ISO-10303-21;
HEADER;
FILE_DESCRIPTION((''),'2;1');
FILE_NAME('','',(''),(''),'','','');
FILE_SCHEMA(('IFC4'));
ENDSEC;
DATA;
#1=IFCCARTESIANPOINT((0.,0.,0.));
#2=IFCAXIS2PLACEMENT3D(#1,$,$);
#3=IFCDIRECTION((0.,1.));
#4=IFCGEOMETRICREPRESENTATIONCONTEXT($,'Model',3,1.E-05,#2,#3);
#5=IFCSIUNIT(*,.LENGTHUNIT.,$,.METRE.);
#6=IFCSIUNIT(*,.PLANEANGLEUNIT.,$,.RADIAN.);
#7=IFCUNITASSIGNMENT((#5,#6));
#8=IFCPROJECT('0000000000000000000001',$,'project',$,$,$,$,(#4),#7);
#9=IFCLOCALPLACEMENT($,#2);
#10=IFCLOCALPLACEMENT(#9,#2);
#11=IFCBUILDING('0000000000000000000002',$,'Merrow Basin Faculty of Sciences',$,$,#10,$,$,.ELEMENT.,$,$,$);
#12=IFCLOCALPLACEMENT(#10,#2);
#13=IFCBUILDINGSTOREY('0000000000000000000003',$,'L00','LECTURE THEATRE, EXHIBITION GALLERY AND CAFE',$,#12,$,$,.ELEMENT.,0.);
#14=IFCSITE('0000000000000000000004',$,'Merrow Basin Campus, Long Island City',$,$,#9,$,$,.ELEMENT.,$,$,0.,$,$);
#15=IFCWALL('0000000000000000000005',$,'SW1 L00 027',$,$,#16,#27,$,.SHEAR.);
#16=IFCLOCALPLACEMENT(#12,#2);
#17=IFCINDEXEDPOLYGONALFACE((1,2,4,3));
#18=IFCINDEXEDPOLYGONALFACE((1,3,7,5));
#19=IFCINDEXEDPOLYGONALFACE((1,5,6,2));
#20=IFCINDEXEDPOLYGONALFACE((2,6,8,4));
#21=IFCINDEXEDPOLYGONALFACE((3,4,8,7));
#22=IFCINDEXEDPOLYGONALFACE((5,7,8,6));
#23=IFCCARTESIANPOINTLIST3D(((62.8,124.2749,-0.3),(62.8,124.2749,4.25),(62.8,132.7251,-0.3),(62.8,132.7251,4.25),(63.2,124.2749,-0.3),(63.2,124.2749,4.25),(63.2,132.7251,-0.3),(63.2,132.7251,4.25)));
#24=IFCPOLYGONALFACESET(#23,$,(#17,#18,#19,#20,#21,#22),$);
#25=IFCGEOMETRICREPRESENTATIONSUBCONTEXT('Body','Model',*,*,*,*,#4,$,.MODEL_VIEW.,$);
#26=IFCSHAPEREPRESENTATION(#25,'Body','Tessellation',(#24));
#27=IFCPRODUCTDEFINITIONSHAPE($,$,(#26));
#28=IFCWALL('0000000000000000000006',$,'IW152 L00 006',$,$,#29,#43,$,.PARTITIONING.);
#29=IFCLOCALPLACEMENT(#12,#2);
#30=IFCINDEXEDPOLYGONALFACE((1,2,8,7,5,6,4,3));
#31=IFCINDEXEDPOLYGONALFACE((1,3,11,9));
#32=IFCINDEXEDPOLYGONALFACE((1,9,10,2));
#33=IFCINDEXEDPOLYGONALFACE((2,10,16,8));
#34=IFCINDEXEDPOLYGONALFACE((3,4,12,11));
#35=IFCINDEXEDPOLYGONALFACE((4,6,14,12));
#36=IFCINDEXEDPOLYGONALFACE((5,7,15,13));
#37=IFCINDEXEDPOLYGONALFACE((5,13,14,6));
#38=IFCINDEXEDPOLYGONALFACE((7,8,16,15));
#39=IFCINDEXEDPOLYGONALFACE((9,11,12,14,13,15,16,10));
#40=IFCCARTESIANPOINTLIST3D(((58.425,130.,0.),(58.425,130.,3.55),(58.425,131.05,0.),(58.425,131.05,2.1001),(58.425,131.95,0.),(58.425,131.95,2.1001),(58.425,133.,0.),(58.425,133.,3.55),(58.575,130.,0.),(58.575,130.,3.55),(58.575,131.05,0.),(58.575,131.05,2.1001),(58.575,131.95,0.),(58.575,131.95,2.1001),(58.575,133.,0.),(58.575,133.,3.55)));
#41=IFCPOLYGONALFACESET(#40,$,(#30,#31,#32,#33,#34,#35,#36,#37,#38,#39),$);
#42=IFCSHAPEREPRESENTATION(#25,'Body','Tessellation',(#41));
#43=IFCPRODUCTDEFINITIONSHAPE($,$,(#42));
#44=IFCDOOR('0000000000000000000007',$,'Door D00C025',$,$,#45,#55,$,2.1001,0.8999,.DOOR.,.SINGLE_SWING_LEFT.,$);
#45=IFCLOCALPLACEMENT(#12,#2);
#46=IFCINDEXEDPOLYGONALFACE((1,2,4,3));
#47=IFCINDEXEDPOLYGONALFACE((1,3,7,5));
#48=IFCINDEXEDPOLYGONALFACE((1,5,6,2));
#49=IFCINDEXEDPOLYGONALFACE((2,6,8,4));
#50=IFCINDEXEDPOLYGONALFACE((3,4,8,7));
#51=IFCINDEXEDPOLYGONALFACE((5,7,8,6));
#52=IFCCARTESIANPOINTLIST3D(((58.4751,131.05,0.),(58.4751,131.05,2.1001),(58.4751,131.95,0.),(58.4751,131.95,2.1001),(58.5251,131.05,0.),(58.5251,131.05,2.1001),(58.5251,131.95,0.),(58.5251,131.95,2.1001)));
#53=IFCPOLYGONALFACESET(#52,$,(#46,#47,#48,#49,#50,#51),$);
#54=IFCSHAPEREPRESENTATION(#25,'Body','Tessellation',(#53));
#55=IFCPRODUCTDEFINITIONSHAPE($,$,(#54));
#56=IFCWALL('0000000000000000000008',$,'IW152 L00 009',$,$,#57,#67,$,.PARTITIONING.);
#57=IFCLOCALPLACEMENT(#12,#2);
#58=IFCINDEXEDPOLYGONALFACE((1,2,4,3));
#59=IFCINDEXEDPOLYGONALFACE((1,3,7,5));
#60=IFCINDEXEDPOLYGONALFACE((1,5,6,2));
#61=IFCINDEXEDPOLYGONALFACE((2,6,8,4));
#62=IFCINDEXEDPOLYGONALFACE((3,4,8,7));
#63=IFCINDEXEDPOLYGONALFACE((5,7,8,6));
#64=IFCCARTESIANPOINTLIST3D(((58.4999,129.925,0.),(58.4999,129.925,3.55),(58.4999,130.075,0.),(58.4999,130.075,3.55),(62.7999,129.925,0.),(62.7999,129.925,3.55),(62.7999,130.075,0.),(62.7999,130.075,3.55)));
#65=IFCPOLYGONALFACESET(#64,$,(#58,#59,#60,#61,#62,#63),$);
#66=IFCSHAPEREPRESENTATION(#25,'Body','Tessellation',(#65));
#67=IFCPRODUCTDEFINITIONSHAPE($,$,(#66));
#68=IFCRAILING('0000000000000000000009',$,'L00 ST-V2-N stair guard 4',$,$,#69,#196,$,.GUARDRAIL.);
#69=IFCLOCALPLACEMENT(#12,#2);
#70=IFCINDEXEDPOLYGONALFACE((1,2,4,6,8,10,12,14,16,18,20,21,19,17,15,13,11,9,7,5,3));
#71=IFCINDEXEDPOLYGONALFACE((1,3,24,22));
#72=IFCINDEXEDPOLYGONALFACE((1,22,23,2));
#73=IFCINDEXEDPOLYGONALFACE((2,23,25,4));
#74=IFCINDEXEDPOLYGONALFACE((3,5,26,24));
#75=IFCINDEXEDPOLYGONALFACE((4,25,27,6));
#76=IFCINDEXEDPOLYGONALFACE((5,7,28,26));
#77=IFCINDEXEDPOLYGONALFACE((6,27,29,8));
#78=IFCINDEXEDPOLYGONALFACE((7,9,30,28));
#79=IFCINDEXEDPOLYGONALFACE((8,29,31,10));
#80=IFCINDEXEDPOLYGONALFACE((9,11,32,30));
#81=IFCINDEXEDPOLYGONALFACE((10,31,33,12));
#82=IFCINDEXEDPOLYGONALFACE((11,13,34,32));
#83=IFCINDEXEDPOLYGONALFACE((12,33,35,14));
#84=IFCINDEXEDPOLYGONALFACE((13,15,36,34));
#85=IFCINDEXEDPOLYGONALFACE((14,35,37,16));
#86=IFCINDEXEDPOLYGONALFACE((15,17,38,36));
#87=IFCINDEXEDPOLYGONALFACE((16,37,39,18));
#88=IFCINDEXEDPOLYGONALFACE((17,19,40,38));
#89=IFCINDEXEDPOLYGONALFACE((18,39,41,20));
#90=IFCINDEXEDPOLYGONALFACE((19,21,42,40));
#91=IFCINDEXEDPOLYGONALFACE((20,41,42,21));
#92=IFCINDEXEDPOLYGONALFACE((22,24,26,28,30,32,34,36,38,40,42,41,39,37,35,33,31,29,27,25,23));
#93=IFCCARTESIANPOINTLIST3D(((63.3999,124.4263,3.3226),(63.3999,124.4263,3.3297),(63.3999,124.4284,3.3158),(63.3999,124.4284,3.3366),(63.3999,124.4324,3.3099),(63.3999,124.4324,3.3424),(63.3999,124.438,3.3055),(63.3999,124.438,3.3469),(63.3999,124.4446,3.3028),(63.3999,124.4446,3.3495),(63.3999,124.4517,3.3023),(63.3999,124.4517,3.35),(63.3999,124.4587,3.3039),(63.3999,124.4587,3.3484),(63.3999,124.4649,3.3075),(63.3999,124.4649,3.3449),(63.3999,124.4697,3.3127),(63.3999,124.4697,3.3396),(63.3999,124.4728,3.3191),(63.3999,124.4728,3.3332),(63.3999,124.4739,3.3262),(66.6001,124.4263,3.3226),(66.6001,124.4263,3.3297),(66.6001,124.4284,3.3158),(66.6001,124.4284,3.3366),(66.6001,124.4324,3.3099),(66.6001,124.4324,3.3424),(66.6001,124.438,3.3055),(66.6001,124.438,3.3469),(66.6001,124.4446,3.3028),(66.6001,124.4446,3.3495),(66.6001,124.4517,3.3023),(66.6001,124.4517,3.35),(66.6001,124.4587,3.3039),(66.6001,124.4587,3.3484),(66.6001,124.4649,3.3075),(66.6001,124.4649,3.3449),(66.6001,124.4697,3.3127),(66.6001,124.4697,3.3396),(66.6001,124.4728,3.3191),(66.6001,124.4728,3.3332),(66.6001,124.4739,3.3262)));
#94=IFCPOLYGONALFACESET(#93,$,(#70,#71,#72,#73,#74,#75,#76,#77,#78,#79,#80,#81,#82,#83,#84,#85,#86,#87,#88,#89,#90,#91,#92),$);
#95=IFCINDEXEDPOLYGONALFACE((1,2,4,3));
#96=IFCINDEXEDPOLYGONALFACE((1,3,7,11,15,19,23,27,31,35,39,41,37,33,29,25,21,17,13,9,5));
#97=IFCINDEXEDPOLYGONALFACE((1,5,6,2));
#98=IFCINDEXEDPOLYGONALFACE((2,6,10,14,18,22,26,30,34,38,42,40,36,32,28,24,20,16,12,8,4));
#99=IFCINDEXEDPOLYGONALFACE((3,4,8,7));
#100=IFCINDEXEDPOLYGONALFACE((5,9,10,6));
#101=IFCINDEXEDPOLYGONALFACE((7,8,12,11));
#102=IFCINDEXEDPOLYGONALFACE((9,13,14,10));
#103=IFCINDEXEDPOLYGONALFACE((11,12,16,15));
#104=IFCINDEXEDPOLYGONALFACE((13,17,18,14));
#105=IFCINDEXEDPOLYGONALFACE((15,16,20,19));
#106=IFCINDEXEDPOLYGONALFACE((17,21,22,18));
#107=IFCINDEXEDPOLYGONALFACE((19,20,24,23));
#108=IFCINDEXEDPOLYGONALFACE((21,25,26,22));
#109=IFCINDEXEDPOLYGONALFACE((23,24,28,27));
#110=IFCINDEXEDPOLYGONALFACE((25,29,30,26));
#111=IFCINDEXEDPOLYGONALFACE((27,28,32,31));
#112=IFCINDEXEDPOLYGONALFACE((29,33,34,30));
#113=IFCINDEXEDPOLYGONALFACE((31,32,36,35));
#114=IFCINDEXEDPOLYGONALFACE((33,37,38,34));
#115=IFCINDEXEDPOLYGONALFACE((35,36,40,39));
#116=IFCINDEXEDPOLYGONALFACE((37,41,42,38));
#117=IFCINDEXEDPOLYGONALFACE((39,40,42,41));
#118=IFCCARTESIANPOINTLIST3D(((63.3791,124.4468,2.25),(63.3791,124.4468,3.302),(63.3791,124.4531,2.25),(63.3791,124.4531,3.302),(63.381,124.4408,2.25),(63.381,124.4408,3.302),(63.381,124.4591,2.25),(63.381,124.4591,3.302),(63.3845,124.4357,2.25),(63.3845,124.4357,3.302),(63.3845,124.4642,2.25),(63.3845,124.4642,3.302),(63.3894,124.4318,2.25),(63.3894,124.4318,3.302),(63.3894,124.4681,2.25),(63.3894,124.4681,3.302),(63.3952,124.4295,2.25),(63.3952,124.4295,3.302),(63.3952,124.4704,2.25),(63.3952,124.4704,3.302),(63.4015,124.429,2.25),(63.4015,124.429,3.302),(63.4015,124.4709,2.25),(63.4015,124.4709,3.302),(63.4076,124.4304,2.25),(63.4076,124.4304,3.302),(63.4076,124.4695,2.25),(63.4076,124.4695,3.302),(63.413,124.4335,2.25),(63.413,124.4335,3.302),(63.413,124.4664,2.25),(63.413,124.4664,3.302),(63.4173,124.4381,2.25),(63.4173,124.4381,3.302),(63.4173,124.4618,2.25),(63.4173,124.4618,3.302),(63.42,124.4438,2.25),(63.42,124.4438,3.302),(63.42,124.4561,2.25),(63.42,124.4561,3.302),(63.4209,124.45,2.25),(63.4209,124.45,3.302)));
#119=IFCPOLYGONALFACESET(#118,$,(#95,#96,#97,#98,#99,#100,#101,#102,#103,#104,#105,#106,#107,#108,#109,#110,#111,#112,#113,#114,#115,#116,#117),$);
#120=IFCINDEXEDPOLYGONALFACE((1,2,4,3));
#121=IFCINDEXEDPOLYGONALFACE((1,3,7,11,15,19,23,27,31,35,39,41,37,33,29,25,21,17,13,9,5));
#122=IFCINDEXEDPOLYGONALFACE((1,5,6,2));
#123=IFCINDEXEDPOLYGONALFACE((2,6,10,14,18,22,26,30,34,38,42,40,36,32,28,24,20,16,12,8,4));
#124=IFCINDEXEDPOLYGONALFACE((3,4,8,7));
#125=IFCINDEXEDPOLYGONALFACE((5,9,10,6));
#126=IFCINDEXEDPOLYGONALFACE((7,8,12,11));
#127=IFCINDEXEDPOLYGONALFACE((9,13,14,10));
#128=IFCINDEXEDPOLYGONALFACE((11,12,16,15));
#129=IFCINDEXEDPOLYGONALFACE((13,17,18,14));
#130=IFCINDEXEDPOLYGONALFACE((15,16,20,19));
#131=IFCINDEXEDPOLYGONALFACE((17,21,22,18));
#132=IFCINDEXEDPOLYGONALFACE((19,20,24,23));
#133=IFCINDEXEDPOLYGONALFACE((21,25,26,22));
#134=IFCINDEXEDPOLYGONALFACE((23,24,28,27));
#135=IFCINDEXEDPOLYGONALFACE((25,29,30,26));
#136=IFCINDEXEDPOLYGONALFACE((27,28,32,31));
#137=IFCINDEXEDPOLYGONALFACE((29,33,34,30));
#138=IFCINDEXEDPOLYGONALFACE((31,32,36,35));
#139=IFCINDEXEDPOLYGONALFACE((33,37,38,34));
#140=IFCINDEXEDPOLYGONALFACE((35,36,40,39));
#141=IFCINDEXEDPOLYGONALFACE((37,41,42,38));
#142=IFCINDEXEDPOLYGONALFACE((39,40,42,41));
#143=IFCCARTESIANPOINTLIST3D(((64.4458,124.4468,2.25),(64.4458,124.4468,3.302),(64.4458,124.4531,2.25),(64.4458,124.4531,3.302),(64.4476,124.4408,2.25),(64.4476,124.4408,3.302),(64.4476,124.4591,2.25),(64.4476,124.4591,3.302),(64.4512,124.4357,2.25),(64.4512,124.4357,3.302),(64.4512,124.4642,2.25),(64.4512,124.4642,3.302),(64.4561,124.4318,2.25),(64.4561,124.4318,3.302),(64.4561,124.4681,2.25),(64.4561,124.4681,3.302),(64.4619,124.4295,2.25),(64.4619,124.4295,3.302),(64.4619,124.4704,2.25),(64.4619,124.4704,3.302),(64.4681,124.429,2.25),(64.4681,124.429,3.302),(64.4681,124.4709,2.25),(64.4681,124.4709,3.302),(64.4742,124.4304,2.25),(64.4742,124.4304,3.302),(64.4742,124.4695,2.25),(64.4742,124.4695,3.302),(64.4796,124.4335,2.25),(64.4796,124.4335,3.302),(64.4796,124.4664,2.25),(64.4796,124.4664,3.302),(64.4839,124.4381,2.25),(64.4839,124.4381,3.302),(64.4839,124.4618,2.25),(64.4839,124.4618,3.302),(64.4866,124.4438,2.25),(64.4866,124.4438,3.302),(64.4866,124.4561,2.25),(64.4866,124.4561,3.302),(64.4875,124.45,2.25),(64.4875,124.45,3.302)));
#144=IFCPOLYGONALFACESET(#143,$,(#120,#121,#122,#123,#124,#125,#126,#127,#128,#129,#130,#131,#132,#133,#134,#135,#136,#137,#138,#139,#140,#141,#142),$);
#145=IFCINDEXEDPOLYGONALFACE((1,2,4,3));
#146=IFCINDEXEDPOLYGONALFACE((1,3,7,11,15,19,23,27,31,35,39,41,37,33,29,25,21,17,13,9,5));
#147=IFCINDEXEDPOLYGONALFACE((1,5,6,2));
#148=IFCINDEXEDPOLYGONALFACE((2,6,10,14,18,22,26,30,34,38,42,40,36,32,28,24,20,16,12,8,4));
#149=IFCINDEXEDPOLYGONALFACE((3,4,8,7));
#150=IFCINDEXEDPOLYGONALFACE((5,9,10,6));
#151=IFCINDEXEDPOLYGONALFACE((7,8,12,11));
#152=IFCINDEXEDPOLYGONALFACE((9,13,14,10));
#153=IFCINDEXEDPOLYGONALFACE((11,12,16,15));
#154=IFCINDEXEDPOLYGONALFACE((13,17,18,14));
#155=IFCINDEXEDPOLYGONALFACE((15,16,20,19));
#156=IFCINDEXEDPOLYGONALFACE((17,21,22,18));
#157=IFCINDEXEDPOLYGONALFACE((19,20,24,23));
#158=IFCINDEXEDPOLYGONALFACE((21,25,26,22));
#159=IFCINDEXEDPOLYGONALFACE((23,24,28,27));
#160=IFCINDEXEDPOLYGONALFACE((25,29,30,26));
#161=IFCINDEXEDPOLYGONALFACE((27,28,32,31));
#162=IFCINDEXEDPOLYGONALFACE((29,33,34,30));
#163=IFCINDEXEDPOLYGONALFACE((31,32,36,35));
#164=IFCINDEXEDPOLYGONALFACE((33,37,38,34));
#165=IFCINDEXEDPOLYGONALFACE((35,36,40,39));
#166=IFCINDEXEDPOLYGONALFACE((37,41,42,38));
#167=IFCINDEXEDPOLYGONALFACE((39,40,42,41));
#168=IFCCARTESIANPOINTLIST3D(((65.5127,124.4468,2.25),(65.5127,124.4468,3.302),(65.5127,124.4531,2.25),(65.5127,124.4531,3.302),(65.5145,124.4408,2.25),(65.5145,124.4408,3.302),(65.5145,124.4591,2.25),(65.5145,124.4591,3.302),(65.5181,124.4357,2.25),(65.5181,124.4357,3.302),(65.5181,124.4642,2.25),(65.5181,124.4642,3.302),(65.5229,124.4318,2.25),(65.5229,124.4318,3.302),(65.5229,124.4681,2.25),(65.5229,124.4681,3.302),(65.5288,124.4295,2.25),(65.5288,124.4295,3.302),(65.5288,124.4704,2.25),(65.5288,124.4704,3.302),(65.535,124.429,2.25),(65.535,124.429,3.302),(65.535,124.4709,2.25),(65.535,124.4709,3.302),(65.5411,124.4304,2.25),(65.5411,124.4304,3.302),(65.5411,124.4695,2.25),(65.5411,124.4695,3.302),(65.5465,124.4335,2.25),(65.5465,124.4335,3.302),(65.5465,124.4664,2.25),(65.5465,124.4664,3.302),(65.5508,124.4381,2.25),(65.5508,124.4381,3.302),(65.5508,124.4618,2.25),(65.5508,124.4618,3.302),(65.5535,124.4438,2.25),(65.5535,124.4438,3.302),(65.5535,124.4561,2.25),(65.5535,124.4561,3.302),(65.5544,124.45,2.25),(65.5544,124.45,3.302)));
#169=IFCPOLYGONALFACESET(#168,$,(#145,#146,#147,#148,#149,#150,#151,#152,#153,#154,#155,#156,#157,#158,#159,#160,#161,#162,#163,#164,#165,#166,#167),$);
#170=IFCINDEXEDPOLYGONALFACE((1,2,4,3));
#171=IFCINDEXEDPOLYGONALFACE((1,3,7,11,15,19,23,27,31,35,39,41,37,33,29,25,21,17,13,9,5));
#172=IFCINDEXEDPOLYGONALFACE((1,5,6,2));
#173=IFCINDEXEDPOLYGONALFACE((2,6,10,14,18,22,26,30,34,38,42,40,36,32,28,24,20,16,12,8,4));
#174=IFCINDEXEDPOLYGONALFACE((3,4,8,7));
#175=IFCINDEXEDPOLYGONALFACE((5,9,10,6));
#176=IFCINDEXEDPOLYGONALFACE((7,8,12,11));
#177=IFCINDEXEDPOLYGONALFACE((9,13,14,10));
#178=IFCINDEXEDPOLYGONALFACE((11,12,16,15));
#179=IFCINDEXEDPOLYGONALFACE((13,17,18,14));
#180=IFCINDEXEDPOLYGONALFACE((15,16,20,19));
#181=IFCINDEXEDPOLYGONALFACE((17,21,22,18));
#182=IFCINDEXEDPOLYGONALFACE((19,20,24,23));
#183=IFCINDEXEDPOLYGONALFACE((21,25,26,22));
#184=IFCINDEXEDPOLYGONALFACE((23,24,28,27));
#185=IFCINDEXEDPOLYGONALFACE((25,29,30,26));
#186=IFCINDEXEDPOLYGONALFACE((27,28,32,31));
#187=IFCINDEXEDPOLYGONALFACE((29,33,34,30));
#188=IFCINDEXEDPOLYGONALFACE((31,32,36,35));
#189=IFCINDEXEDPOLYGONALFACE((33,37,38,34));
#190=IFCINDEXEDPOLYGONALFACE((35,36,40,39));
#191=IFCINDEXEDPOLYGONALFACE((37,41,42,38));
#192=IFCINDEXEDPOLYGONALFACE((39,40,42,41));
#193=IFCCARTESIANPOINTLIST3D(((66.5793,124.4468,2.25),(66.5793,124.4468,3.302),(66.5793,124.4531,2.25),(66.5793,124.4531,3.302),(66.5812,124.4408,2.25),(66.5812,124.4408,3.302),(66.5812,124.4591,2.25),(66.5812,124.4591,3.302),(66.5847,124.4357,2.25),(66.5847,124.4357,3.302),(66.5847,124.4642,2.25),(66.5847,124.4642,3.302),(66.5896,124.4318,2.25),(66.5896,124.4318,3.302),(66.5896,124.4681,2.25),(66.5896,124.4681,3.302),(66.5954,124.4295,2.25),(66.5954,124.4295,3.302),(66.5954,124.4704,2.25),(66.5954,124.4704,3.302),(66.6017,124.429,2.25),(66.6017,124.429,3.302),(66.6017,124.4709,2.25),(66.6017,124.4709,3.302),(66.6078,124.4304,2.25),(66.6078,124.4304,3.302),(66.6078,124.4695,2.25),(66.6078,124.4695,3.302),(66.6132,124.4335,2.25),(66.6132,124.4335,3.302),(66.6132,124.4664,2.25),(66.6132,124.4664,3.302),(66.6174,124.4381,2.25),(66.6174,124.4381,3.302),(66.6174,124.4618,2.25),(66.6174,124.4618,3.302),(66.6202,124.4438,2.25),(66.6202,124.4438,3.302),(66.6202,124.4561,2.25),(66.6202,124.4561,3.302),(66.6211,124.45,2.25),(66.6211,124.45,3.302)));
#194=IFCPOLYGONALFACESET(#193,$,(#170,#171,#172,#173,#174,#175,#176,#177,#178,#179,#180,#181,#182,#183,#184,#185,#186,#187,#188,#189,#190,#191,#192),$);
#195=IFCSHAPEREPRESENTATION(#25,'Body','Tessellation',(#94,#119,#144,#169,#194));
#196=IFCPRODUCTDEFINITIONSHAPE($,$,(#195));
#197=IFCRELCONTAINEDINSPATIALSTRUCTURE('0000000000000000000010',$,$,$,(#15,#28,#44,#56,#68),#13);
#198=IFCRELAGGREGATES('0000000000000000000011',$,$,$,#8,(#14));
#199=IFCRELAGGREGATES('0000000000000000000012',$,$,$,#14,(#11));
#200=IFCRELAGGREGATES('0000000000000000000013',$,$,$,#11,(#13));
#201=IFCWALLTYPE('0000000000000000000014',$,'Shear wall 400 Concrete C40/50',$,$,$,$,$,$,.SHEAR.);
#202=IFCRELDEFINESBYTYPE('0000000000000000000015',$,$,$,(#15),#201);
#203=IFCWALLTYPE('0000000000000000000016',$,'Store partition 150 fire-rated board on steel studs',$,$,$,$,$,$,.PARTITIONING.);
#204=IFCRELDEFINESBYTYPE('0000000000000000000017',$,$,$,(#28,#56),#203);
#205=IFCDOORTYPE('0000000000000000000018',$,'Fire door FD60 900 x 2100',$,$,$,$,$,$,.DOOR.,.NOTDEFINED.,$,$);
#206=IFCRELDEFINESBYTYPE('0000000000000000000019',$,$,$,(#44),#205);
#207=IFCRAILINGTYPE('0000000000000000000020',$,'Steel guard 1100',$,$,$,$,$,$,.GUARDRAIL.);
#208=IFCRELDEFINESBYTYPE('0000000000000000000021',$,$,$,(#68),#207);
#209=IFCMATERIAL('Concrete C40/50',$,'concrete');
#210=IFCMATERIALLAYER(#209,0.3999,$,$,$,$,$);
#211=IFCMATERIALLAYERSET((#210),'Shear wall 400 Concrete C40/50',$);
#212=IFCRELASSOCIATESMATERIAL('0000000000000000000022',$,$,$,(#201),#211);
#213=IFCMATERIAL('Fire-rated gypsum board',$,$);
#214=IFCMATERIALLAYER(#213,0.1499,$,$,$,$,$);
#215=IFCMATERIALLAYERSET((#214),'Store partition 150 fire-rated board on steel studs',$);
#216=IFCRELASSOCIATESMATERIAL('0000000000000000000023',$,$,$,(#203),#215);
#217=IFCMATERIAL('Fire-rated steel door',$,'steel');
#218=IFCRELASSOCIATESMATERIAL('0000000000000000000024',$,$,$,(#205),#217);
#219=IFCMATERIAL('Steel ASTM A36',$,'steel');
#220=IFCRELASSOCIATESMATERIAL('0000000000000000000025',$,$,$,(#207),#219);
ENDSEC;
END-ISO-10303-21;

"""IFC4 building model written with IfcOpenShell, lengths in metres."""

from ifc_helpers import new_model, si_unit, direction, frame, frame_2d, origin, origin_2d, place, context, subcontext, project, spatial, rectangle, circle, extrude, material, layer, layer_set, type_object, element, fill, save


model = new_model("IFC4")

# Units and contexts
model_context = context("Model", 3, precision=1e-05, world=origin(), true_north=direction((0.0, 1.0)))
body_context = subcontext(model_context, "Body", "Model", "MODEL_VIEW")
ifc_project = project(units=[si_unit("LENGTHUNIT", "METRE"), si_unit("PLANEANGLEUNIT", "RADIAN")], contexts=[model_context])

# Site, building, storey
site_placement = place(None, origin())
site = spatial("IfcSite", under=ifc_project, at=site_placement, Name="Merrow Basin Campus, Long Island City", CompositionType="ELEMENT", RefElevation=0.0)
building_placement = place(site_placement, origin())
building = spatial("IfcBuilding", under=site, at=building_placement, Name="Merrow Basin Faculty of Sciences", CompositionType="ELEMENT")
storey_placement = place(building_placement, origin())
storey = spatial("IfcBuildingStorey", under=building, at=storey_placement, Name="L00", Description="LECTURE THEATRE, EXHIBITION GALLERY AND CAFE", CompositionType="ELEMENT", Elevation=0.0)

# Shared definitions
ifc_material_1 = material(Name="Concrete C40/50", Category="concrete")
ifc_layer_1 = layer(ifc_material_1, 0.3999)
ifc_layer_set_1 = layer_set([ifc_layer_1], Name="Shear wall 400 Concrete C40/50")
wall_type_1 = type_object("IfcWallType", Name="Shear wall 400 Concrete C40/50", PredefinedType="SHEAR", material=ifc_layer_set_1)

# Wall
for number, where, z_axis, x_axis, name in (
    (1, (63.0, 124.2749, -0.3), (0.0, 0.0, 1.0), (0.0, 1.0, 0.0), "SW1 L00 027"),
):
    element("IfcWall", number, at=place(storey_placement, frame(where, z_axis=z_axis, x_axis=x_axis)), inside=storey, type_object=wall_type_1, Name=name, PredefinedType="SHEAR", context=body_context, shape_type="SweptSolid", body=[
        extrude(rectangle(XDim=8.4502, YDim=0.3999, at=frame_2d((4.2251, 0.0))), origin(), (0.0, 0.0, 1.0), 4.55),
    ])

# Wall, opening, door
ifc_material_2 = material(Name="Fire-rated gypsum board")
ifc_layer_2 = layer(ifc_material_2, 0.1499)
ifc_layer_set_2 = layer_set([ifc_layer_2], Name="Store partition 150 fire-rated board on steel studs")
wall_type_2 = type_object("IfcWallType", Name="Store partition 150 fire-rated board on steel studs", PredefinedType="PARTITIONING", material=ifc_layer_set_2)
wall_1_placement = place(storey_placement, frame((58.5, 130.0, 0.0), z_axis=(0.0, 0.0, 1.0), x_axis=(0.0, 1.0, 0.0)))
wall_1 = element("IfcWall", 2, at=wall_1_placement, inside=storey, type_object=wall_type_2, Name="IW152 L00 006", PredefinedType="PARTITIONING", context=body_context, shape_type="SweptSolid", body=[
    extrude(rectangle(XDim=3.0, YDim=0.1499, at=frame_2d((1.5, 0.0))), origin(), (0.0, 0.0, 1.0), 3.55),
])
opening_1_placement = place(wall_1_placement, frame((1.05, 0.0, 0.0)))
opening_1 = element("IfcOpeningElement", 3, at=opening_1_placement, cuts=wall_1, PredefinedType="OPENING", context=body_context, shape_type="SweptSolid", body=[
    extrude(rectangle(XDim=0.8999, YDim=2.1001, at=frame_2d((0.45, 1.05))), frame((0.0, 0.085, 0.0), z_axis=(0.0, -1.0, 0.0), x_axis=(1.0, 0.0, 0.0)), (0.0, 0.0, 1.0), 0.1699),
])
ifc_material_3 = material(Name="Fire-rated steel door", Category="steel")
door_type_1 = type_object("IfcDoorType", Name="Fire door FD60 900 x 2100", OperationType="NOTDEFINED", PredefinedType="DOOR", material=ifc_material_3)
door_1_placement = place(opening_1_placement, origin())
door_1 = element("IfcDoor", 4, at=door_1_placement, inside=storey, type_object=door_type_1, Name="Door D00C025", OperationType="SINGLE_SWING_LEFT", OverallHeight=2.1001, OverallWidth=0.8999, PredefinedType="DOOR", context=body_context, shape_type="SweptSolid", body=[
    extrude(rectangle(XDim=0.8999, YDim=2.1001, at=frame_2d((0.45, 1.05))), frame((0.0, 0.0249, 0.0), z_axis=(0.0, -1.0, 0.0), x_axis=(1.0, 0.0, 0.0)), (0.0, 0.0, 1.0), 0.05),
])
fill(opening_1, door_1)

# Wall
wall_2_placement = place(storey_placement, frame((58.5, 130.0, 0.0), z_axis=(0.0, 0.0, 1.0), x_axis=(1.0, 0.0, 0.0)))
element("IfcWall", 5, at=wall_2_placement, inside=storey, type_object=wall_type_2, Name="IW152 L00 009", PredefinedType="PARTITIONING", context=body_context, shape_type="SweptSolid", body=[
    extrude(rectangle(XDim=4.3, YDim=0.1499, at=frame_2d((2.1499, 0.0))), origin(), (0.0, 0.0, 1.0), 3.55),
])

# Railing
ifc_material_4 = material(Name="Steel ASTM A36", Category="steel")
railing_type = type_object("IfcRailingType", Name="Steel guard 1100", PredefinedType="GUARDRAIL", material=ifc_material_4)
railing_placement = place(storey_placement, frame((63.3999, 124.45, 2.25)))
element("IfcRailing", 6, at=railing_placement, inside=storey, type_object=railing_type, Name="L00 ST-V2-N stair guard 4", PredefinedType="GUARDRAIL", context=body_context, shape_type="SweptSolid", body=[
    extrude(circle(Radius=0.0239, at=origin_2d()), frame((0.0, 0.0, 1.0762), z_axis=(1.0, 0.0, 0.0), x_axis=(0.0, 1.0, 0.0)), (0.0, 0.0, 1.0), 3.2002),
    extrude(circle(Radius=0.021, at=origin_2d()), origin(), (0.0, 0.0, 1.0), 1.052),
    extrude(circle(Radius=0.021, at=origin_2d()), frame((1.0667, 0.0, 0.0)), (0.0, 0.0, 1.0), 1.052),
    extrude(circle(Radius=0.021, at=origin_2d()), frame((2.1335, 0.0, 0.0)), (0.0, 0.0, 1.0), 1.052),
    extrude(circle(Radius=0.021, at=origin_2d()), frame((3.2002, 0.0, 0.0)), (0.0, 0.0, 1.0), 1.052),
])

save(model, "model.ifc")
